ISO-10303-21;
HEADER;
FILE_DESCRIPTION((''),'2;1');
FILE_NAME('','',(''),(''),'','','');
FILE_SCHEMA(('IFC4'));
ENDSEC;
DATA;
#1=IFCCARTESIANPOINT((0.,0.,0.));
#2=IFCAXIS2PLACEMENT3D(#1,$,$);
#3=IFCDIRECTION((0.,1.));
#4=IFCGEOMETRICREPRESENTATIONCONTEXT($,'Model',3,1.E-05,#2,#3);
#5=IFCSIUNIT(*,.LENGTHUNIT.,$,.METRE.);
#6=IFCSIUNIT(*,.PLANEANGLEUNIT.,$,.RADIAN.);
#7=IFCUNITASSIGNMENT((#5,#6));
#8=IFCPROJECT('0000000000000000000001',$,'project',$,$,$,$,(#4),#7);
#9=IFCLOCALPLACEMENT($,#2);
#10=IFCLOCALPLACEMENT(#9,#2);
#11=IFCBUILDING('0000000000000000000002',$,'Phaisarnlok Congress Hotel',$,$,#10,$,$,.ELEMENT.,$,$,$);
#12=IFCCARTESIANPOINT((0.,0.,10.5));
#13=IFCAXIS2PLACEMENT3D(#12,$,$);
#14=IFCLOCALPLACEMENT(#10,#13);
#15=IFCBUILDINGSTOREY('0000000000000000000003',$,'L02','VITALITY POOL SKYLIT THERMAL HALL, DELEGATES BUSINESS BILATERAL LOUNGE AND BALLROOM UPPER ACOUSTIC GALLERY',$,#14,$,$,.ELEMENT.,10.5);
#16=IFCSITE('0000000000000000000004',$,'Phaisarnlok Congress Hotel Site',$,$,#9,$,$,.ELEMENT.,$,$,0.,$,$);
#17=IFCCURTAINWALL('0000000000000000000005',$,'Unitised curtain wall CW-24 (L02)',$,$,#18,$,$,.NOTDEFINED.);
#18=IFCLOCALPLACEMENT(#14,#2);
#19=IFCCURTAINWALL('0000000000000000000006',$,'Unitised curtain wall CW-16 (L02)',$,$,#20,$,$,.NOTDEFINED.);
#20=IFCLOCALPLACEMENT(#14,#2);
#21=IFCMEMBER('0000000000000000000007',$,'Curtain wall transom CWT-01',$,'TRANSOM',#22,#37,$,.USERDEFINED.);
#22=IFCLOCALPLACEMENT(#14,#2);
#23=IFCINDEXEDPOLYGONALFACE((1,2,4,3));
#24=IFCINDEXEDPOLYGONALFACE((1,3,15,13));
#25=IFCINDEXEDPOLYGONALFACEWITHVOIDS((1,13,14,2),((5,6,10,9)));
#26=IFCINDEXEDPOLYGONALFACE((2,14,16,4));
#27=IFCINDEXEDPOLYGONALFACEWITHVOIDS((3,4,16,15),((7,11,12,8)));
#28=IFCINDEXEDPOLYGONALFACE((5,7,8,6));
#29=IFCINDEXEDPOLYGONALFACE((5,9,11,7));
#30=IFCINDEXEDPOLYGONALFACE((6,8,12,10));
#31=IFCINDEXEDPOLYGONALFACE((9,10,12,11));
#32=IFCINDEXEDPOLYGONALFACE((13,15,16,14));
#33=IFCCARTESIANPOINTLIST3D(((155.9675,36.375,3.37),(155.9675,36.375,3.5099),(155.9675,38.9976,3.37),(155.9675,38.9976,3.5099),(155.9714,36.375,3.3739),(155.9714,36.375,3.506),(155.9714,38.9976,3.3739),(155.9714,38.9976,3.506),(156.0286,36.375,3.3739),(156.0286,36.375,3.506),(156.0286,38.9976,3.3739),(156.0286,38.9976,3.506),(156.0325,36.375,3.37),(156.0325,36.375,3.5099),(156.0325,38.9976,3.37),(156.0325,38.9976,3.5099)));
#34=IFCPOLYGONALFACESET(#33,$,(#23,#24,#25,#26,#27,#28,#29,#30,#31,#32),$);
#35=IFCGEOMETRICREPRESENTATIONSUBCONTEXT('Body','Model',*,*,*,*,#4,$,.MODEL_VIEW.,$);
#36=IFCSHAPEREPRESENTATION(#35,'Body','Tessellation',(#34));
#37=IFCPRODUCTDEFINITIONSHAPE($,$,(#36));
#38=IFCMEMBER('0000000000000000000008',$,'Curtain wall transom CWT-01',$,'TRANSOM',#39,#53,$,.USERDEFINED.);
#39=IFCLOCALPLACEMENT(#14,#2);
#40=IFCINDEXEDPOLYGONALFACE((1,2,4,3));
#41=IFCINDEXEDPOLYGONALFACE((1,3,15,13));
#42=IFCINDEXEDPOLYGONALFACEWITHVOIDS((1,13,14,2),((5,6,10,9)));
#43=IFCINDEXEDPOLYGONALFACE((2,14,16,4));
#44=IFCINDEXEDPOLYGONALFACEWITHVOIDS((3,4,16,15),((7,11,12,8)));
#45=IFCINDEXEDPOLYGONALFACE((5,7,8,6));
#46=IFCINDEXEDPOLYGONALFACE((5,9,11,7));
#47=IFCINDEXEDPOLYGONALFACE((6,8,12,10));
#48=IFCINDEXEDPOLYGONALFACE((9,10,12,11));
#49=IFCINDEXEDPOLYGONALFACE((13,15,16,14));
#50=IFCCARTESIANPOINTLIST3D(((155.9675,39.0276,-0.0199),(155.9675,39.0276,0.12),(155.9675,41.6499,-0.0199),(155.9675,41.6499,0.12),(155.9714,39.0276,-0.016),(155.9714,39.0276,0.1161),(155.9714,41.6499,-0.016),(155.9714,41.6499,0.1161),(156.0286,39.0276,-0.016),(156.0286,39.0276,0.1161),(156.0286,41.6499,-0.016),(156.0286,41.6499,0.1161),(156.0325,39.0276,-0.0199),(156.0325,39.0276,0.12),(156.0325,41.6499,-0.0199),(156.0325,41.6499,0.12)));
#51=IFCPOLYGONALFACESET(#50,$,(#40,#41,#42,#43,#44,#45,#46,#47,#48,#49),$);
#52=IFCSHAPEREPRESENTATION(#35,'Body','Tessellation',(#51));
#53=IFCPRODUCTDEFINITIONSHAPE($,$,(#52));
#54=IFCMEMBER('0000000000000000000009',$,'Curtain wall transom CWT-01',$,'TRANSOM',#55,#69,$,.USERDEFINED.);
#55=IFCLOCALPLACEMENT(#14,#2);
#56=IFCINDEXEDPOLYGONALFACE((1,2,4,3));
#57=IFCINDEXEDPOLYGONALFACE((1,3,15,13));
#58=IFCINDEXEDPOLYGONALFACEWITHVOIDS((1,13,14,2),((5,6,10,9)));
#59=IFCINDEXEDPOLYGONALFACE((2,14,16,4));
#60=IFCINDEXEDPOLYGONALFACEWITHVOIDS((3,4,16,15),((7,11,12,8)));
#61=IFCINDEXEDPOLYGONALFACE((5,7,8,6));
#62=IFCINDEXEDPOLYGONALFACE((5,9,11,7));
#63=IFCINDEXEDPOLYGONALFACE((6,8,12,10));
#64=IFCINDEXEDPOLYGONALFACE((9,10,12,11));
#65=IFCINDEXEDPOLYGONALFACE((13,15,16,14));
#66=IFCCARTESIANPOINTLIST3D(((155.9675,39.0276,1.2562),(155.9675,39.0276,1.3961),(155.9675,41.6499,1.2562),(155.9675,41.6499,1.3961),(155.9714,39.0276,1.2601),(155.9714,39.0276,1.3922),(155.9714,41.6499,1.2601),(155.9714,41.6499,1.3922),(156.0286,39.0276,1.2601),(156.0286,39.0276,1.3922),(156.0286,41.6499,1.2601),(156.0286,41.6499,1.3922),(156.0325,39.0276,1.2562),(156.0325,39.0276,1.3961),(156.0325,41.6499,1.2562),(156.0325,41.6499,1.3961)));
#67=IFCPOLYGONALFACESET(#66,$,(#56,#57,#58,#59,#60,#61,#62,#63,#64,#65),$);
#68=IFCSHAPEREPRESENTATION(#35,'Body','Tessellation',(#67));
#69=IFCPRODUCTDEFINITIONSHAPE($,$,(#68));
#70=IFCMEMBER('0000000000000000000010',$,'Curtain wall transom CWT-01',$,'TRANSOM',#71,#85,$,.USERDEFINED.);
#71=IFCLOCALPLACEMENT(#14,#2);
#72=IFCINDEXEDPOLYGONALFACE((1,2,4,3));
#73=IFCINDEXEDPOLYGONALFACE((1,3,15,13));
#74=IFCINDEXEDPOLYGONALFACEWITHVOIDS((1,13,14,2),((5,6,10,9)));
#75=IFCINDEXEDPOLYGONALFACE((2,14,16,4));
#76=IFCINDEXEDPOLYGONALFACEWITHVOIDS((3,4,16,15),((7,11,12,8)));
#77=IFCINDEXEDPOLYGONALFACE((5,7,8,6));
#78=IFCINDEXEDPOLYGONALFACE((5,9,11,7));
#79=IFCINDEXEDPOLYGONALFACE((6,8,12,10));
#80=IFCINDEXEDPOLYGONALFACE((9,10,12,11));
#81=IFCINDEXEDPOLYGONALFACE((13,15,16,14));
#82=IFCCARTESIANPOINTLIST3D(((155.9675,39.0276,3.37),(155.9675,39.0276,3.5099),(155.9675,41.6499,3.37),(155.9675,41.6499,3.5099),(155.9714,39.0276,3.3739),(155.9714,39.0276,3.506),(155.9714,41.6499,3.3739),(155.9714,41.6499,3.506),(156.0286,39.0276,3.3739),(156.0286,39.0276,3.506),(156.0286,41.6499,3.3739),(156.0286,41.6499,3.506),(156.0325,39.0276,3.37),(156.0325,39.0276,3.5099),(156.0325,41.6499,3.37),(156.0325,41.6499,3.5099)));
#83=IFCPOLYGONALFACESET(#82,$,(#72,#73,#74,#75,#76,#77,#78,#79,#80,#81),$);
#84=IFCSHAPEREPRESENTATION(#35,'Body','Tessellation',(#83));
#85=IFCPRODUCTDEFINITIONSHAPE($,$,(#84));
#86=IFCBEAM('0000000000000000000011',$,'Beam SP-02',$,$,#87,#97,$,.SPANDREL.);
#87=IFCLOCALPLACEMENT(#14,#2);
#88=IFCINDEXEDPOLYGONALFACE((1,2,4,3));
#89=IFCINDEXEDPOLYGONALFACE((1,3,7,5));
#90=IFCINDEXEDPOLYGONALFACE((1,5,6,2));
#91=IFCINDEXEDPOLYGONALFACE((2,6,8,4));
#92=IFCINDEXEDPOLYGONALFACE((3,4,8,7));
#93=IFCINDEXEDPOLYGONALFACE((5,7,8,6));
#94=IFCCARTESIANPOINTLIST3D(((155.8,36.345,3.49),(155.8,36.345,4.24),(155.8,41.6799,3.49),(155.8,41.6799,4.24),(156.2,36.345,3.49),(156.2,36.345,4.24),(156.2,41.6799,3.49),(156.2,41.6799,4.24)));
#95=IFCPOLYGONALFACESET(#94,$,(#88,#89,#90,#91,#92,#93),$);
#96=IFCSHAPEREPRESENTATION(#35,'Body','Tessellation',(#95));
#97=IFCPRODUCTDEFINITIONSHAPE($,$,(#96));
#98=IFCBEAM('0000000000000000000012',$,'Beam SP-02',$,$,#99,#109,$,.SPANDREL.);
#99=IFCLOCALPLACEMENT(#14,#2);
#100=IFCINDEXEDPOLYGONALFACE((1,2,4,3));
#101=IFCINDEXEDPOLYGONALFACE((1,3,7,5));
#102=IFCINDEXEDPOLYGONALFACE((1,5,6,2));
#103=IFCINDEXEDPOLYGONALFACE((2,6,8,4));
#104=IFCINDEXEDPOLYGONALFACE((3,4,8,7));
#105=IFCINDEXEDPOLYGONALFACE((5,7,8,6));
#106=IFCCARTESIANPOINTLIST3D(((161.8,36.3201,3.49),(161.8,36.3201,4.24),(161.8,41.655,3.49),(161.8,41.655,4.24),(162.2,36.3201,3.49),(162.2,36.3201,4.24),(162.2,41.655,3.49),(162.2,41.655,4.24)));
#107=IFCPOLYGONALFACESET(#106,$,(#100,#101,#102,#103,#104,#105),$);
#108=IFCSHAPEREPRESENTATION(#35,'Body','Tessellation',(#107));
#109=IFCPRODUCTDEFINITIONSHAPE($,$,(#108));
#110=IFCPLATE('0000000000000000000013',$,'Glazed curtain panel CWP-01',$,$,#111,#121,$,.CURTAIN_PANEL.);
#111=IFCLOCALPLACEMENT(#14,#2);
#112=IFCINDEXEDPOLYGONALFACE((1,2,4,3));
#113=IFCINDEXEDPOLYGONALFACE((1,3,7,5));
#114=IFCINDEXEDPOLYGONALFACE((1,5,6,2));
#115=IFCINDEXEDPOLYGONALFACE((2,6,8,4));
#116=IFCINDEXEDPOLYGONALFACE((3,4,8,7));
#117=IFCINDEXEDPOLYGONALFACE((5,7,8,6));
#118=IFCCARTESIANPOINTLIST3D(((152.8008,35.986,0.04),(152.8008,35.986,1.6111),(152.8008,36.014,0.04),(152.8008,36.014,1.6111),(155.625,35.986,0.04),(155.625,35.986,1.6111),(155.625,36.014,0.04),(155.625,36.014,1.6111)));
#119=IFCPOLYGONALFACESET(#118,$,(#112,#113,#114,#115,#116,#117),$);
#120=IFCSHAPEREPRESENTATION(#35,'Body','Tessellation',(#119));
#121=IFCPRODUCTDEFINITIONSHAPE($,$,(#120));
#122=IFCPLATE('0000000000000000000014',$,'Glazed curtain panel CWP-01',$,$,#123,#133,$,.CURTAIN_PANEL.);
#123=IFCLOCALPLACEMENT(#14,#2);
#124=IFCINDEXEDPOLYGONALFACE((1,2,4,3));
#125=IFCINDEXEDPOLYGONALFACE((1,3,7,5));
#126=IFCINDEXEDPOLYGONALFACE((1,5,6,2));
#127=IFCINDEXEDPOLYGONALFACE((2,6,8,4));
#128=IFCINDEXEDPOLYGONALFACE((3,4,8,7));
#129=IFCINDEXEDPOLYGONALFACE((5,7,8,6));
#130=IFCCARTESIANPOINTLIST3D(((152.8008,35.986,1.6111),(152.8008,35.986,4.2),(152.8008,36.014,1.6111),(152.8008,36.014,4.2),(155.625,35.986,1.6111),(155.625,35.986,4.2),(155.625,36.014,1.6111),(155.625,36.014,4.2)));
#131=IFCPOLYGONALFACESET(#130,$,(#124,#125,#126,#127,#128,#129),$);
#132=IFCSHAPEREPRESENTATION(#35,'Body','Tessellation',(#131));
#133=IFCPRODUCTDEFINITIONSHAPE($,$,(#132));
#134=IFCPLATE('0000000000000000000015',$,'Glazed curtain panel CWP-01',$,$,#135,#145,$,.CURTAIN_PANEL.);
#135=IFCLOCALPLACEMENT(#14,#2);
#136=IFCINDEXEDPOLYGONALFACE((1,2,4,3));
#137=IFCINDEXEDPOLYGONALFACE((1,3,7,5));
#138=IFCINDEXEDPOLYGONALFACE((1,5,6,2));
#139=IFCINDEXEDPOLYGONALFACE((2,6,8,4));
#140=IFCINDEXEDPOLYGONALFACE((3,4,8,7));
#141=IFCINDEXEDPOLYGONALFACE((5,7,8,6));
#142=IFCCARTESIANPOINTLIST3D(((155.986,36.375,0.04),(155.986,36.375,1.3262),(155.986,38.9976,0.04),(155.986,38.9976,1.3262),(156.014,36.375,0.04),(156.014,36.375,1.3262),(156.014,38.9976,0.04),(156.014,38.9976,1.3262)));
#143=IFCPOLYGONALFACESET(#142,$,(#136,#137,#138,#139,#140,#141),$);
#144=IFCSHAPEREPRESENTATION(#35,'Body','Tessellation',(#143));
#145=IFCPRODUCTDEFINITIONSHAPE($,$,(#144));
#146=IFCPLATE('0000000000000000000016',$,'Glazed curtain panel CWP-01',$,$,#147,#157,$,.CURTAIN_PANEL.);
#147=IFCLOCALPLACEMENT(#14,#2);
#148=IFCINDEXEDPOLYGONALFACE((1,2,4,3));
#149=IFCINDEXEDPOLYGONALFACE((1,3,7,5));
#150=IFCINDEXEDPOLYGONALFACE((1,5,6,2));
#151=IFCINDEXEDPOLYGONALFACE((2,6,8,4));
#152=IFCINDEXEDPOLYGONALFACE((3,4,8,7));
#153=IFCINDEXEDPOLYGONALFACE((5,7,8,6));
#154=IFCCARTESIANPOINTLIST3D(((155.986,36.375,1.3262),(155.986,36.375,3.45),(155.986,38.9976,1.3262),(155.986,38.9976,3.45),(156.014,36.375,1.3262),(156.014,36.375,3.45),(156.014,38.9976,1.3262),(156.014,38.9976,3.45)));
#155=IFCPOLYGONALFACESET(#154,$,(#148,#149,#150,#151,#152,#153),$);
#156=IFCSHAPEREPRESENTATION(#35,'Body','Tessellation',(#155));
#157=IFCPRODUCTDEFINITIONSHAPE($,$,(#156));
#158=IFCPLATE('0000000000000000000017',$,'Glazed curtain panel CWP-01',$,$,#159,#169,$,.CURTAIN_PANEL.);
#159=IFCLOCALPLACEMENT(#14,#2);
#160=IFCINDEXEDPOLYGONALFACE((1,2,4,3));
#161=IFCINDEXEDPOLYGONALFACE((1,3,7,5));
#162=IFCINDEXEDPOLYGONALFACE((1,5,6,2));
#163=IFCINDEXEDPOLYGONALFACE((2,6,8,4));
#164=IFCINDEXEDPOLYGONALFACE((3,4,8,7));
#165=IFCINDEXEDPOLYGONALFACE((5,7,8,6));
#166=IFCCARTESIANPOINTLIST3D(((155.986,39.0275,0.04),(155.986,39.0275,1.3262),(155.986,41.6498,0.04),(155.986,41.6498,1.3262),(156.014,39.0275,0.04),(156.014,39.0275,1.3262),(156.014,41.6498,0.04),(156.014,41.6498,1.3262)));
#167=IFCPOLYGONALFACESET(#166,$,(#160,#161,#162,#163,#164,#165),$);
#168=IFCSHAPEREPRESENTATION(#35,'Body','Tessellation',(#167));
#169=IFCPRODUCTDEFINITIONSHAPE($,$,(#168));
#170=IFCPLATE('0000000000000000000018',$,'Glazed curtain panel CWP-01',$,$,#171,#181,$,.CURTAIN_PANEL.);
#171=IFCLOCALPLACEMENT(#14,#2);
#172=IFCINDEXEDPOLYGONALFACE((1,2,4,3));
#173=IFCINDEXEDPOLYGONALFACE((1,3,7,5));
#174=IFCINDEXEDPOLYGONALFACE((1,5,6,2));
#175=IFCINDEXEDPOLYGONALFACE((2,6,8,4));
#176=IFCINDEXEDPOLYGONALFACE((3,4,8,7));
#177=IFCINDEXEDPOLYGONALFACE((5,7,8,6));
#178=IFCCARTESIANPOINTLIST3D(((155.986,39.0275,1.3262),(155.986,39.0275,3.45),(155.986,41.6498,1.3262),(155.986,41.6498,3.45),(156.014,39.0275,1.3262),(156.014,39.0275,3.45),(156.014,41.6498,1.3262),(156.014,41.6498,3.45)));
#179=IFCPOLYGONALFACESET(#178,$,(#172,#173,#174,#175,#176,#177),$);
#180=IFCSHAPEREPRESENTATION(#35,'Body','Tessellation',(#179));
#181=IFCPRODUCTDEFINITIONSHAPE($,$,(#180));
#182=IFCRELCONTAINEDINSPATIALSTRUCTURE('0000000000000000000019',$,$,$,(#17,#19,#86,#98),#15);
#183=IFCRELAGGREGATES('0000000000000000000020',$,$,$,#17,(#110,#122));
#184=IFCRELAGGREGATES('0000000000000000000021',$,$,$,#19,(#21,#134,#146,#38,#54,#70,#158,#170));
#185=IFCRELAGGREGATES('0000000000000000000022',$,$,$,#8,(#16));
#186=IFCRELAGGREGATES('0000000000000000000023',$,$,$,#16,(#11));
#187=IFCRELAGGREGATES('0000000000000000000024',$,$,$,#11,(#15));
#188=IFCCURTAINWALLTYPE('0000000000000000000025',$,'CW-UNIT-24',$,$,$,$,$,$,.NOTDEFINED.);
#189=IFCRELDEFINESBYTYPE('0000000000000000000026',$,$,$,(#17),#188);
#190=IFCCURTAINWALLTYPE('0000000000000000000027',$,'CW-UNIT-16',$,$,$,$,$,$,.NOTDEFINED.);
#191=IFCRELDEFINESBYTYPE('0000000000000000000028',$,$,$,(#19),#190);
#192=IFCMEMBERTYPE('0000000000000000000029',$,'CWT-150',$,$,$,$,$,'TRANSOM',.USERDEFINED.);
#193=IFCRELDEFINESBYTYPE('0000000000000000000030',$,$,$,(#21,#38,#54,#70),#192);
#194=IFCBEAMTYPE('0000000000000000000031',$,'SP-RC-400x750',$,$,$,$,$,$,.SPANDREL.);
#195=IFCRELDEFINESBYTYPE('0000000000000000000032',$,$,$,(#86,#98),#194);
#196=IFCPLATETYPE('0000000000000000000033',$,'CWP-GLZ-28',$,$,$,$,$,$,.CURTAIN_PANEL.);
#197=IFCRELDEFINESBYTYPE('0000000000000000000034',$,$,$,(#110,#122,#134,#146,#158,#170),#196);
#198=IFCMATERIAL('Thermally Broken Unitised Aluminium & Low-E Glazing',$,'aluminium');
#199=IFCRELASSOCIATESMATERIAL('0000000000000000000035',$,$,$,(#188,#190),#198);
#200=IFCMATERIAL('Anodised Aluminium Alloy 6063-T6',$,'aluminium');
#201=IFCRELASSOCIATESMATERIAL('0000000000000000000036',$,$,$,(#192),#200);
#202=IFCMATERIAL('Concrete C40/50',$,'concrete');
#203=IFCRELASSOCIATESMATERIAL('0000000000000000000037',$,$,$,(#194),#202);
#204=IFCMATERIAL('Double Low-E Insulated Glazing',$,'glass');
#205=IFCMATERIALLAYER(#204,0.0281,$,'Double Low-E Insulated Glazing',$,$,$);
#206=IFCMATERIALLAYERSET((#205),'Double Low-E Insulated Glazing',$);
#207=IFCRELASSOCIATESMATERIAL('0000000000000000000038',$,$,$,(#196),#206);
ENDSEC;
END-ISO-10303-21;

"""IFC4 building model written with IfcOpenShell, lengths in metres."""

from ifc_helpers import new_model, si_unit, direction, frame, frame_2d, origin, origin_2d, place, context, subcontext, project, spatial, rectangle, hollow_rectangle, extrude, material, layer, layer_set, material_profile, profile_set, type_object, element, aggregate, save


model = new_model("IFC4")

# Units and contexts
model_context = context("Model", 3, precision=1e-05, world=origin(), true_north=direction((0.0, 1.0)))
body_context = subcontext(model_context, "Body", "Model", "MODEL_VIEW")
ifc_project = project(units=[si_unit("LENGTHUNIT", "METRE"), si_unit("PLANEANGLEUNIT", "RADIAN")], contexts=[model_context])

# Site, building, storey
site_placement = place(None, origin())
site = spatial("IfcSite", under=ifc_project, at=site_placement, Name="Phaisarnlok Congress Hotel Site", CompositionType="ELEMENT", RefElevation=0.0)
building_placement = place(site_placement, origin())
building = spatial("IfcBuilding", under=site, at=building_placement, Name="Phaisarnlok Congress Hotel", CompositionType="ELEMENT")
storey_placement = place(building_placement, frame((0.0, 0.0, 10.5)))
storey = spatial("IfcBuildingStorey", under=building, at=storey_placement, Name="L02", Description="VITALITY POOL SKYLIT THERMAL HALL, DELEGATES BUSINESS BILATERAL LOUNGE AND BALLROOM UPPER ACOUSTIC GALLERY", CompositionType="ELEMENT", Elevation=10.5)

# Curtain wall
ifc_material_1 = material(Name="Thermally Broken Unitised Aluminium & Low-E Glazing", Category="aluminium")
curtain_wall_type_1 = type_object("IfcCurtainWallType", Name="CW-UNIT-24", PredefinedType="NOTDEFINED", material=ifc_material_1)
curtain_wall_1_placement = place(storey_placement, origin())
curtain_wall_1 = element("IfcCurtainWall", 1, at=curtain_wall_1_placement, inside=storey, type_object=curtain_wall_type_1, Name="Unitised curtain wall CW-24 (L02)", PredefinedType="NOTDEFINED")
ifc_material_2 = material(Name="Anodised Aluminium Alloy 6063-T6", Category="aluminium")

# Curtain wall
curtain_wall_type_2 = type_object("IfcCurtainWallType", Name="CW-UNIT-16", PredefinedType="NOTDEFINED", material=ifc_material_1)
curtain_wall_2_placement = place(storey_placement, origin())
curtain_wall_2 = element("IfcCurtainWall", 2, at=curtain_wall_2_placement, inside=storey, type_object=curtain_wall_type_2, Name="Unitised curtain wall CW-16 (L02)", PredefinedType="NOTDEFINED")

# Members
ifc_material_profile_1 = material_profile(ifc_material_2, hollow_rectangle(XDim=0.0649, YDim=0.1399, WallThickness=0.0039, at=origin_2d()), Name="ALU-T 65x140x4")
ifc_profile_set_1 = profile_set([ifc_material_profile_1], Name="Anodised Aluminium Alloy 6063-T6")
member_type_1 = type_object("IfcMemberType", Name="CWT-150", ElementType="TRANSOM", PredefinedType="USERDEFINED", material=ifc_profile_set_1)
member_1_placement = place(storey_placement, frame((156.0, 36.375, 3.4399), z_axis=(0.0, 1.0, 0.0), x_axis=(-1.0, 0.0, 0.0)))
member_1 = element("IfcMember", 3, at=member_1_placement, type_object=member_type_1, Name="Curtain wall transom CWT-01", ObjectType="TRANSOM", PredefinedType="USERDEFINED", context=body_context, shape_type="SweptSolid", body=[
    extrude(hollow_rectangle(XDim=0.0649, YDim=0.1399, WallThickness=0.0039, at=origin_2d()), origin(), (0.0, 0.0, 1.0), 2.6226),
])
member_2_placement = place(storey_placement, frame((156.0, 39.0276, 0.05), z_axis=(0.0, 1.0, 0.0), x_axis=(-1.0, 0.0, 0.0)))
member_2 = element("IfcMember", 4, at=member_2_placement, type_object=member_type_1, Name="Curtain wall transom CWT-01", ObjectType="TRANSOM", PredefinedType="USERDEFINED", context=body_context, shape_type="SweptSolid", body=[
    extrude(hollow_rectangle(XDim=0.0649, YDim=0.1399, WallThickness=0.0039, at=origin_2d()), origin(), (0.0, 0.0, 1.0), 2.6223),
])
member_3_placement = place(storey_placement, frame((156.0, 39.0276, 1.3262), z_axis=(0.0, 1.0, 0.0), x_axis=(-1.0, 0.0, 0.0)))
member_3 = element("IfcMember", 5, at=member_3_placement, type_object=member_type_1, Name="Curtain wall transom CWT-01", ObjectType="TRANSOM", PredefinedType="USERDEFINED", context=body_context, shape_type="SweptSolid", body=[
    extrude(hollow_rectangle(XDim=0.0649, YDim=0.1399, WallThickness=0.0039, at=origin_2d()), origin(), (0.0, 0.0, 1.0), 2.6223),
])
member_4_placement = place(storey_placement, frame((156.0, 39.0276, 3.4399), z_axis=(0.0, 1.0, 0.0), x_axis=(-1.0, 0.0, 0.0)))
member_4 = element("IfcMember", 6, at=member_4_placement, type_object=member_type_1, Name="Curtain wall transom CWT-01", ObjectType="TRANSOM", PredefinedType="USERDEFINED", context=body_context, shape_type="SweptSolid", body=[
    extrude(hollow_rectangle(XDim=0.0649, YDim=0.1399, WallThickness=0.0039, at=origin_2d()), origin(), (0.0, 0.0, 1.0), 2.6223),
])

# Beams
ifc_material_3 = material(Name="Concrete C40/50", Category="concrete")
ifc_material_profile_2 = material_profile(ifc_material_3, rectangle(XDim=0.3999, YDim=0.75, at=origin_2d()), Name="RC 400x750")
ifc_profile_set_2 = profile_set([ifc_material_profile_2], Name="Concrete C40/50")
beam_type = type_object("IfcBeamType", Name="SP-RC-400x750", PredefinedType="SPANDREL", material=ifc_profile_set_2)
for number, where, z_axis, x_axis, name in (
    (7, (156.0, 36.345, 3.865), (0.0, 1.0, 0.0), (-1.0, 0.0, 0.0), "Beam SP-02"),
    (8, (162.0, 36.3201, 3.865), (0.0, 1.0, 0.0), (-1.0, 0.0, 0.0), "Beam SP-02"),
):
    element("IfcBeam", number, at=place(storey_placement, frame(where, z_axis=z_axis, x_axis=x_axis)), inside=storey, type_object=beam_type, Name=name, PredefinedType="SPANDREL", context=body_context, shape_type="SweptSolid", body=[
        extrude(rectangle(XDim=0.3999, YDim=0.75, at=origin_2d()), origin(), (0.0, 0.0, 1.0), 5.335),
    ])

# Plates
ifc_material_4 = material(Name="Double Low-E Insulated Glazing", Category="glass")
ifc_layer = layer(ifc_material_4, 0.0281, Name="Double Low-E Insulated Glazing")
ifc_layer_set = layer_set([ifc_layer], Name="Double Low-E Insulated Glazing")
plate_type = type_object("IfcPlateType", Name="CWP-GLZ-28", PredefinedType="CURTAIN_PANEL", material=ifc_layer_set)
plate_1_placement = place(storey_placement, frame((152.8008, 36.0, 0.04), z_axis=(0.0, 0.0, 1.0), x_axis=(1.0, 0.0, 0.0)))
plate_1 = element("IfcPlate", 9, at=plate_1_placement, type_object=plate_type, Name="Glazed curtain panel CWP-01", PredefinedType="CURTAIN_PANEL", context=body_context, shape_type="SweptSolid", body=[
    extrude(rectangle(XDim=2.8242, YDim=0.0281, at=frame_2d((1.4121, 0.0))), origin(), (0.0, 0.0, 1.0), 1.571),
])
plate_2_placement = place(storey_placement, frame((152.8008, 36.0, 1.6111), z_axis=(0.0, 0.0, 1.0), x_axis=(1.0, 0.0, 0.0)))
plate_2 = element("IfcPlate", 10, at=plate_2_placement, type_object=plate_type, Name="Glazed curtain panel CWP-01", PredefinedType="CURTAIN_PANEL", context=body_context, shape_type="SweptSolid", body=[
    extrude(rectangle(XDim=2.8242, YDim=0.0281, at=frame_2d((1.4121, 0.0))), origin(), (0.0, 0.0, 1.0), 2.5889),
])
aggregate(curtain_wall_1, [plate_1, plate_2])
plate_3_placement = place(storey_placement, frame((156.0, 36.375, 0.04), z_axis=(0.0, 0.0, 1.0), x_axis=(0.0, 1.0, 0.0)))
plate_3 = element("IfcPlate", 11, at=plate_3_placement, type_object=plate_type, Name="Glazed curtain panel CWP-01", PredefinedType="CURTAIN_PANEL", context=body_context, shape_type="SweptSolid", body=[
    extrude(rectangle(XDim=2.6226, YDim=0.0281, at=frame_2d((1.3113, 0.0))), origin(), (0.0, 0.0, 1.0), 1.2861),
])
plate_4_placement = place(storey_placement, frame((156.0, 36.375, 1.3262), z_axis=(0.0, 0.0, 1.0), x_axis=(0.0, 1.0, 0.0)))
plate_4 = element("IfcPlate", 12, at=plate_4_placement, type_object=plate_type, Name="Glazed curtain panel CWP-01", PredefinedType="CURTAIN_PANEL", context=body_context, shape_type="SweptSolid", body=[
    extrude(rectangle(XDim=2.6226, YDim=0.0281, at=frame_2d((1.3113, 0.0))), origin(), (0.0, 0.0, 1.0), 2.1238),
])
plate_5_placement = place(storey_placement, frame((156.0, 39.0276, 0.04), z_axis=(0.0, 0.0, 1.0), x_axis=(0.0, 1.0, 0.0)))
plate_5 = element("IfcPlate", 13, at=plate_5_placement, type_object=plate_type, Name="Glazed curtain panel CWP-01", PredefinedType="CURTAIN_PANEL", context=body_context, shape_type="SweptSolid", body=[
    extrude(rectangle(XDim=2.6223, YDim=0.0281, at=frame_2d((1.311, 0.0))), origin(), (0.0, 0.0, 1.0), 1.2861),
])
plate_6_placement = place(storey_placement, frame((156.0, 39.0276, 1.3262), z_axis=(0.0, 0.0, 1.0), x_axis=(0.0, 1.0, 0.0)))
plate_6 = element("IfcPlate", 14, at=plate_6_placement, type_object=plate_type, Name="Glazed curtain panel CWP-01", PredefinedType="CURTAIN_PANEL", context=body_context, shape_type="SweptSolid", body=[
    extrude(rectangle(XDim=2.6223, YDim=0.0281, at=frame_2d((1.311, 0.0))), origin(), (0.0, 0.0, 1.0), 2.1238),
])
aggregate(curtain_wall_2, [member_1, plate_3, plate_4, member_2, member_3, member_4, plate_5, plate_6])

save(model, "model.ifc")
